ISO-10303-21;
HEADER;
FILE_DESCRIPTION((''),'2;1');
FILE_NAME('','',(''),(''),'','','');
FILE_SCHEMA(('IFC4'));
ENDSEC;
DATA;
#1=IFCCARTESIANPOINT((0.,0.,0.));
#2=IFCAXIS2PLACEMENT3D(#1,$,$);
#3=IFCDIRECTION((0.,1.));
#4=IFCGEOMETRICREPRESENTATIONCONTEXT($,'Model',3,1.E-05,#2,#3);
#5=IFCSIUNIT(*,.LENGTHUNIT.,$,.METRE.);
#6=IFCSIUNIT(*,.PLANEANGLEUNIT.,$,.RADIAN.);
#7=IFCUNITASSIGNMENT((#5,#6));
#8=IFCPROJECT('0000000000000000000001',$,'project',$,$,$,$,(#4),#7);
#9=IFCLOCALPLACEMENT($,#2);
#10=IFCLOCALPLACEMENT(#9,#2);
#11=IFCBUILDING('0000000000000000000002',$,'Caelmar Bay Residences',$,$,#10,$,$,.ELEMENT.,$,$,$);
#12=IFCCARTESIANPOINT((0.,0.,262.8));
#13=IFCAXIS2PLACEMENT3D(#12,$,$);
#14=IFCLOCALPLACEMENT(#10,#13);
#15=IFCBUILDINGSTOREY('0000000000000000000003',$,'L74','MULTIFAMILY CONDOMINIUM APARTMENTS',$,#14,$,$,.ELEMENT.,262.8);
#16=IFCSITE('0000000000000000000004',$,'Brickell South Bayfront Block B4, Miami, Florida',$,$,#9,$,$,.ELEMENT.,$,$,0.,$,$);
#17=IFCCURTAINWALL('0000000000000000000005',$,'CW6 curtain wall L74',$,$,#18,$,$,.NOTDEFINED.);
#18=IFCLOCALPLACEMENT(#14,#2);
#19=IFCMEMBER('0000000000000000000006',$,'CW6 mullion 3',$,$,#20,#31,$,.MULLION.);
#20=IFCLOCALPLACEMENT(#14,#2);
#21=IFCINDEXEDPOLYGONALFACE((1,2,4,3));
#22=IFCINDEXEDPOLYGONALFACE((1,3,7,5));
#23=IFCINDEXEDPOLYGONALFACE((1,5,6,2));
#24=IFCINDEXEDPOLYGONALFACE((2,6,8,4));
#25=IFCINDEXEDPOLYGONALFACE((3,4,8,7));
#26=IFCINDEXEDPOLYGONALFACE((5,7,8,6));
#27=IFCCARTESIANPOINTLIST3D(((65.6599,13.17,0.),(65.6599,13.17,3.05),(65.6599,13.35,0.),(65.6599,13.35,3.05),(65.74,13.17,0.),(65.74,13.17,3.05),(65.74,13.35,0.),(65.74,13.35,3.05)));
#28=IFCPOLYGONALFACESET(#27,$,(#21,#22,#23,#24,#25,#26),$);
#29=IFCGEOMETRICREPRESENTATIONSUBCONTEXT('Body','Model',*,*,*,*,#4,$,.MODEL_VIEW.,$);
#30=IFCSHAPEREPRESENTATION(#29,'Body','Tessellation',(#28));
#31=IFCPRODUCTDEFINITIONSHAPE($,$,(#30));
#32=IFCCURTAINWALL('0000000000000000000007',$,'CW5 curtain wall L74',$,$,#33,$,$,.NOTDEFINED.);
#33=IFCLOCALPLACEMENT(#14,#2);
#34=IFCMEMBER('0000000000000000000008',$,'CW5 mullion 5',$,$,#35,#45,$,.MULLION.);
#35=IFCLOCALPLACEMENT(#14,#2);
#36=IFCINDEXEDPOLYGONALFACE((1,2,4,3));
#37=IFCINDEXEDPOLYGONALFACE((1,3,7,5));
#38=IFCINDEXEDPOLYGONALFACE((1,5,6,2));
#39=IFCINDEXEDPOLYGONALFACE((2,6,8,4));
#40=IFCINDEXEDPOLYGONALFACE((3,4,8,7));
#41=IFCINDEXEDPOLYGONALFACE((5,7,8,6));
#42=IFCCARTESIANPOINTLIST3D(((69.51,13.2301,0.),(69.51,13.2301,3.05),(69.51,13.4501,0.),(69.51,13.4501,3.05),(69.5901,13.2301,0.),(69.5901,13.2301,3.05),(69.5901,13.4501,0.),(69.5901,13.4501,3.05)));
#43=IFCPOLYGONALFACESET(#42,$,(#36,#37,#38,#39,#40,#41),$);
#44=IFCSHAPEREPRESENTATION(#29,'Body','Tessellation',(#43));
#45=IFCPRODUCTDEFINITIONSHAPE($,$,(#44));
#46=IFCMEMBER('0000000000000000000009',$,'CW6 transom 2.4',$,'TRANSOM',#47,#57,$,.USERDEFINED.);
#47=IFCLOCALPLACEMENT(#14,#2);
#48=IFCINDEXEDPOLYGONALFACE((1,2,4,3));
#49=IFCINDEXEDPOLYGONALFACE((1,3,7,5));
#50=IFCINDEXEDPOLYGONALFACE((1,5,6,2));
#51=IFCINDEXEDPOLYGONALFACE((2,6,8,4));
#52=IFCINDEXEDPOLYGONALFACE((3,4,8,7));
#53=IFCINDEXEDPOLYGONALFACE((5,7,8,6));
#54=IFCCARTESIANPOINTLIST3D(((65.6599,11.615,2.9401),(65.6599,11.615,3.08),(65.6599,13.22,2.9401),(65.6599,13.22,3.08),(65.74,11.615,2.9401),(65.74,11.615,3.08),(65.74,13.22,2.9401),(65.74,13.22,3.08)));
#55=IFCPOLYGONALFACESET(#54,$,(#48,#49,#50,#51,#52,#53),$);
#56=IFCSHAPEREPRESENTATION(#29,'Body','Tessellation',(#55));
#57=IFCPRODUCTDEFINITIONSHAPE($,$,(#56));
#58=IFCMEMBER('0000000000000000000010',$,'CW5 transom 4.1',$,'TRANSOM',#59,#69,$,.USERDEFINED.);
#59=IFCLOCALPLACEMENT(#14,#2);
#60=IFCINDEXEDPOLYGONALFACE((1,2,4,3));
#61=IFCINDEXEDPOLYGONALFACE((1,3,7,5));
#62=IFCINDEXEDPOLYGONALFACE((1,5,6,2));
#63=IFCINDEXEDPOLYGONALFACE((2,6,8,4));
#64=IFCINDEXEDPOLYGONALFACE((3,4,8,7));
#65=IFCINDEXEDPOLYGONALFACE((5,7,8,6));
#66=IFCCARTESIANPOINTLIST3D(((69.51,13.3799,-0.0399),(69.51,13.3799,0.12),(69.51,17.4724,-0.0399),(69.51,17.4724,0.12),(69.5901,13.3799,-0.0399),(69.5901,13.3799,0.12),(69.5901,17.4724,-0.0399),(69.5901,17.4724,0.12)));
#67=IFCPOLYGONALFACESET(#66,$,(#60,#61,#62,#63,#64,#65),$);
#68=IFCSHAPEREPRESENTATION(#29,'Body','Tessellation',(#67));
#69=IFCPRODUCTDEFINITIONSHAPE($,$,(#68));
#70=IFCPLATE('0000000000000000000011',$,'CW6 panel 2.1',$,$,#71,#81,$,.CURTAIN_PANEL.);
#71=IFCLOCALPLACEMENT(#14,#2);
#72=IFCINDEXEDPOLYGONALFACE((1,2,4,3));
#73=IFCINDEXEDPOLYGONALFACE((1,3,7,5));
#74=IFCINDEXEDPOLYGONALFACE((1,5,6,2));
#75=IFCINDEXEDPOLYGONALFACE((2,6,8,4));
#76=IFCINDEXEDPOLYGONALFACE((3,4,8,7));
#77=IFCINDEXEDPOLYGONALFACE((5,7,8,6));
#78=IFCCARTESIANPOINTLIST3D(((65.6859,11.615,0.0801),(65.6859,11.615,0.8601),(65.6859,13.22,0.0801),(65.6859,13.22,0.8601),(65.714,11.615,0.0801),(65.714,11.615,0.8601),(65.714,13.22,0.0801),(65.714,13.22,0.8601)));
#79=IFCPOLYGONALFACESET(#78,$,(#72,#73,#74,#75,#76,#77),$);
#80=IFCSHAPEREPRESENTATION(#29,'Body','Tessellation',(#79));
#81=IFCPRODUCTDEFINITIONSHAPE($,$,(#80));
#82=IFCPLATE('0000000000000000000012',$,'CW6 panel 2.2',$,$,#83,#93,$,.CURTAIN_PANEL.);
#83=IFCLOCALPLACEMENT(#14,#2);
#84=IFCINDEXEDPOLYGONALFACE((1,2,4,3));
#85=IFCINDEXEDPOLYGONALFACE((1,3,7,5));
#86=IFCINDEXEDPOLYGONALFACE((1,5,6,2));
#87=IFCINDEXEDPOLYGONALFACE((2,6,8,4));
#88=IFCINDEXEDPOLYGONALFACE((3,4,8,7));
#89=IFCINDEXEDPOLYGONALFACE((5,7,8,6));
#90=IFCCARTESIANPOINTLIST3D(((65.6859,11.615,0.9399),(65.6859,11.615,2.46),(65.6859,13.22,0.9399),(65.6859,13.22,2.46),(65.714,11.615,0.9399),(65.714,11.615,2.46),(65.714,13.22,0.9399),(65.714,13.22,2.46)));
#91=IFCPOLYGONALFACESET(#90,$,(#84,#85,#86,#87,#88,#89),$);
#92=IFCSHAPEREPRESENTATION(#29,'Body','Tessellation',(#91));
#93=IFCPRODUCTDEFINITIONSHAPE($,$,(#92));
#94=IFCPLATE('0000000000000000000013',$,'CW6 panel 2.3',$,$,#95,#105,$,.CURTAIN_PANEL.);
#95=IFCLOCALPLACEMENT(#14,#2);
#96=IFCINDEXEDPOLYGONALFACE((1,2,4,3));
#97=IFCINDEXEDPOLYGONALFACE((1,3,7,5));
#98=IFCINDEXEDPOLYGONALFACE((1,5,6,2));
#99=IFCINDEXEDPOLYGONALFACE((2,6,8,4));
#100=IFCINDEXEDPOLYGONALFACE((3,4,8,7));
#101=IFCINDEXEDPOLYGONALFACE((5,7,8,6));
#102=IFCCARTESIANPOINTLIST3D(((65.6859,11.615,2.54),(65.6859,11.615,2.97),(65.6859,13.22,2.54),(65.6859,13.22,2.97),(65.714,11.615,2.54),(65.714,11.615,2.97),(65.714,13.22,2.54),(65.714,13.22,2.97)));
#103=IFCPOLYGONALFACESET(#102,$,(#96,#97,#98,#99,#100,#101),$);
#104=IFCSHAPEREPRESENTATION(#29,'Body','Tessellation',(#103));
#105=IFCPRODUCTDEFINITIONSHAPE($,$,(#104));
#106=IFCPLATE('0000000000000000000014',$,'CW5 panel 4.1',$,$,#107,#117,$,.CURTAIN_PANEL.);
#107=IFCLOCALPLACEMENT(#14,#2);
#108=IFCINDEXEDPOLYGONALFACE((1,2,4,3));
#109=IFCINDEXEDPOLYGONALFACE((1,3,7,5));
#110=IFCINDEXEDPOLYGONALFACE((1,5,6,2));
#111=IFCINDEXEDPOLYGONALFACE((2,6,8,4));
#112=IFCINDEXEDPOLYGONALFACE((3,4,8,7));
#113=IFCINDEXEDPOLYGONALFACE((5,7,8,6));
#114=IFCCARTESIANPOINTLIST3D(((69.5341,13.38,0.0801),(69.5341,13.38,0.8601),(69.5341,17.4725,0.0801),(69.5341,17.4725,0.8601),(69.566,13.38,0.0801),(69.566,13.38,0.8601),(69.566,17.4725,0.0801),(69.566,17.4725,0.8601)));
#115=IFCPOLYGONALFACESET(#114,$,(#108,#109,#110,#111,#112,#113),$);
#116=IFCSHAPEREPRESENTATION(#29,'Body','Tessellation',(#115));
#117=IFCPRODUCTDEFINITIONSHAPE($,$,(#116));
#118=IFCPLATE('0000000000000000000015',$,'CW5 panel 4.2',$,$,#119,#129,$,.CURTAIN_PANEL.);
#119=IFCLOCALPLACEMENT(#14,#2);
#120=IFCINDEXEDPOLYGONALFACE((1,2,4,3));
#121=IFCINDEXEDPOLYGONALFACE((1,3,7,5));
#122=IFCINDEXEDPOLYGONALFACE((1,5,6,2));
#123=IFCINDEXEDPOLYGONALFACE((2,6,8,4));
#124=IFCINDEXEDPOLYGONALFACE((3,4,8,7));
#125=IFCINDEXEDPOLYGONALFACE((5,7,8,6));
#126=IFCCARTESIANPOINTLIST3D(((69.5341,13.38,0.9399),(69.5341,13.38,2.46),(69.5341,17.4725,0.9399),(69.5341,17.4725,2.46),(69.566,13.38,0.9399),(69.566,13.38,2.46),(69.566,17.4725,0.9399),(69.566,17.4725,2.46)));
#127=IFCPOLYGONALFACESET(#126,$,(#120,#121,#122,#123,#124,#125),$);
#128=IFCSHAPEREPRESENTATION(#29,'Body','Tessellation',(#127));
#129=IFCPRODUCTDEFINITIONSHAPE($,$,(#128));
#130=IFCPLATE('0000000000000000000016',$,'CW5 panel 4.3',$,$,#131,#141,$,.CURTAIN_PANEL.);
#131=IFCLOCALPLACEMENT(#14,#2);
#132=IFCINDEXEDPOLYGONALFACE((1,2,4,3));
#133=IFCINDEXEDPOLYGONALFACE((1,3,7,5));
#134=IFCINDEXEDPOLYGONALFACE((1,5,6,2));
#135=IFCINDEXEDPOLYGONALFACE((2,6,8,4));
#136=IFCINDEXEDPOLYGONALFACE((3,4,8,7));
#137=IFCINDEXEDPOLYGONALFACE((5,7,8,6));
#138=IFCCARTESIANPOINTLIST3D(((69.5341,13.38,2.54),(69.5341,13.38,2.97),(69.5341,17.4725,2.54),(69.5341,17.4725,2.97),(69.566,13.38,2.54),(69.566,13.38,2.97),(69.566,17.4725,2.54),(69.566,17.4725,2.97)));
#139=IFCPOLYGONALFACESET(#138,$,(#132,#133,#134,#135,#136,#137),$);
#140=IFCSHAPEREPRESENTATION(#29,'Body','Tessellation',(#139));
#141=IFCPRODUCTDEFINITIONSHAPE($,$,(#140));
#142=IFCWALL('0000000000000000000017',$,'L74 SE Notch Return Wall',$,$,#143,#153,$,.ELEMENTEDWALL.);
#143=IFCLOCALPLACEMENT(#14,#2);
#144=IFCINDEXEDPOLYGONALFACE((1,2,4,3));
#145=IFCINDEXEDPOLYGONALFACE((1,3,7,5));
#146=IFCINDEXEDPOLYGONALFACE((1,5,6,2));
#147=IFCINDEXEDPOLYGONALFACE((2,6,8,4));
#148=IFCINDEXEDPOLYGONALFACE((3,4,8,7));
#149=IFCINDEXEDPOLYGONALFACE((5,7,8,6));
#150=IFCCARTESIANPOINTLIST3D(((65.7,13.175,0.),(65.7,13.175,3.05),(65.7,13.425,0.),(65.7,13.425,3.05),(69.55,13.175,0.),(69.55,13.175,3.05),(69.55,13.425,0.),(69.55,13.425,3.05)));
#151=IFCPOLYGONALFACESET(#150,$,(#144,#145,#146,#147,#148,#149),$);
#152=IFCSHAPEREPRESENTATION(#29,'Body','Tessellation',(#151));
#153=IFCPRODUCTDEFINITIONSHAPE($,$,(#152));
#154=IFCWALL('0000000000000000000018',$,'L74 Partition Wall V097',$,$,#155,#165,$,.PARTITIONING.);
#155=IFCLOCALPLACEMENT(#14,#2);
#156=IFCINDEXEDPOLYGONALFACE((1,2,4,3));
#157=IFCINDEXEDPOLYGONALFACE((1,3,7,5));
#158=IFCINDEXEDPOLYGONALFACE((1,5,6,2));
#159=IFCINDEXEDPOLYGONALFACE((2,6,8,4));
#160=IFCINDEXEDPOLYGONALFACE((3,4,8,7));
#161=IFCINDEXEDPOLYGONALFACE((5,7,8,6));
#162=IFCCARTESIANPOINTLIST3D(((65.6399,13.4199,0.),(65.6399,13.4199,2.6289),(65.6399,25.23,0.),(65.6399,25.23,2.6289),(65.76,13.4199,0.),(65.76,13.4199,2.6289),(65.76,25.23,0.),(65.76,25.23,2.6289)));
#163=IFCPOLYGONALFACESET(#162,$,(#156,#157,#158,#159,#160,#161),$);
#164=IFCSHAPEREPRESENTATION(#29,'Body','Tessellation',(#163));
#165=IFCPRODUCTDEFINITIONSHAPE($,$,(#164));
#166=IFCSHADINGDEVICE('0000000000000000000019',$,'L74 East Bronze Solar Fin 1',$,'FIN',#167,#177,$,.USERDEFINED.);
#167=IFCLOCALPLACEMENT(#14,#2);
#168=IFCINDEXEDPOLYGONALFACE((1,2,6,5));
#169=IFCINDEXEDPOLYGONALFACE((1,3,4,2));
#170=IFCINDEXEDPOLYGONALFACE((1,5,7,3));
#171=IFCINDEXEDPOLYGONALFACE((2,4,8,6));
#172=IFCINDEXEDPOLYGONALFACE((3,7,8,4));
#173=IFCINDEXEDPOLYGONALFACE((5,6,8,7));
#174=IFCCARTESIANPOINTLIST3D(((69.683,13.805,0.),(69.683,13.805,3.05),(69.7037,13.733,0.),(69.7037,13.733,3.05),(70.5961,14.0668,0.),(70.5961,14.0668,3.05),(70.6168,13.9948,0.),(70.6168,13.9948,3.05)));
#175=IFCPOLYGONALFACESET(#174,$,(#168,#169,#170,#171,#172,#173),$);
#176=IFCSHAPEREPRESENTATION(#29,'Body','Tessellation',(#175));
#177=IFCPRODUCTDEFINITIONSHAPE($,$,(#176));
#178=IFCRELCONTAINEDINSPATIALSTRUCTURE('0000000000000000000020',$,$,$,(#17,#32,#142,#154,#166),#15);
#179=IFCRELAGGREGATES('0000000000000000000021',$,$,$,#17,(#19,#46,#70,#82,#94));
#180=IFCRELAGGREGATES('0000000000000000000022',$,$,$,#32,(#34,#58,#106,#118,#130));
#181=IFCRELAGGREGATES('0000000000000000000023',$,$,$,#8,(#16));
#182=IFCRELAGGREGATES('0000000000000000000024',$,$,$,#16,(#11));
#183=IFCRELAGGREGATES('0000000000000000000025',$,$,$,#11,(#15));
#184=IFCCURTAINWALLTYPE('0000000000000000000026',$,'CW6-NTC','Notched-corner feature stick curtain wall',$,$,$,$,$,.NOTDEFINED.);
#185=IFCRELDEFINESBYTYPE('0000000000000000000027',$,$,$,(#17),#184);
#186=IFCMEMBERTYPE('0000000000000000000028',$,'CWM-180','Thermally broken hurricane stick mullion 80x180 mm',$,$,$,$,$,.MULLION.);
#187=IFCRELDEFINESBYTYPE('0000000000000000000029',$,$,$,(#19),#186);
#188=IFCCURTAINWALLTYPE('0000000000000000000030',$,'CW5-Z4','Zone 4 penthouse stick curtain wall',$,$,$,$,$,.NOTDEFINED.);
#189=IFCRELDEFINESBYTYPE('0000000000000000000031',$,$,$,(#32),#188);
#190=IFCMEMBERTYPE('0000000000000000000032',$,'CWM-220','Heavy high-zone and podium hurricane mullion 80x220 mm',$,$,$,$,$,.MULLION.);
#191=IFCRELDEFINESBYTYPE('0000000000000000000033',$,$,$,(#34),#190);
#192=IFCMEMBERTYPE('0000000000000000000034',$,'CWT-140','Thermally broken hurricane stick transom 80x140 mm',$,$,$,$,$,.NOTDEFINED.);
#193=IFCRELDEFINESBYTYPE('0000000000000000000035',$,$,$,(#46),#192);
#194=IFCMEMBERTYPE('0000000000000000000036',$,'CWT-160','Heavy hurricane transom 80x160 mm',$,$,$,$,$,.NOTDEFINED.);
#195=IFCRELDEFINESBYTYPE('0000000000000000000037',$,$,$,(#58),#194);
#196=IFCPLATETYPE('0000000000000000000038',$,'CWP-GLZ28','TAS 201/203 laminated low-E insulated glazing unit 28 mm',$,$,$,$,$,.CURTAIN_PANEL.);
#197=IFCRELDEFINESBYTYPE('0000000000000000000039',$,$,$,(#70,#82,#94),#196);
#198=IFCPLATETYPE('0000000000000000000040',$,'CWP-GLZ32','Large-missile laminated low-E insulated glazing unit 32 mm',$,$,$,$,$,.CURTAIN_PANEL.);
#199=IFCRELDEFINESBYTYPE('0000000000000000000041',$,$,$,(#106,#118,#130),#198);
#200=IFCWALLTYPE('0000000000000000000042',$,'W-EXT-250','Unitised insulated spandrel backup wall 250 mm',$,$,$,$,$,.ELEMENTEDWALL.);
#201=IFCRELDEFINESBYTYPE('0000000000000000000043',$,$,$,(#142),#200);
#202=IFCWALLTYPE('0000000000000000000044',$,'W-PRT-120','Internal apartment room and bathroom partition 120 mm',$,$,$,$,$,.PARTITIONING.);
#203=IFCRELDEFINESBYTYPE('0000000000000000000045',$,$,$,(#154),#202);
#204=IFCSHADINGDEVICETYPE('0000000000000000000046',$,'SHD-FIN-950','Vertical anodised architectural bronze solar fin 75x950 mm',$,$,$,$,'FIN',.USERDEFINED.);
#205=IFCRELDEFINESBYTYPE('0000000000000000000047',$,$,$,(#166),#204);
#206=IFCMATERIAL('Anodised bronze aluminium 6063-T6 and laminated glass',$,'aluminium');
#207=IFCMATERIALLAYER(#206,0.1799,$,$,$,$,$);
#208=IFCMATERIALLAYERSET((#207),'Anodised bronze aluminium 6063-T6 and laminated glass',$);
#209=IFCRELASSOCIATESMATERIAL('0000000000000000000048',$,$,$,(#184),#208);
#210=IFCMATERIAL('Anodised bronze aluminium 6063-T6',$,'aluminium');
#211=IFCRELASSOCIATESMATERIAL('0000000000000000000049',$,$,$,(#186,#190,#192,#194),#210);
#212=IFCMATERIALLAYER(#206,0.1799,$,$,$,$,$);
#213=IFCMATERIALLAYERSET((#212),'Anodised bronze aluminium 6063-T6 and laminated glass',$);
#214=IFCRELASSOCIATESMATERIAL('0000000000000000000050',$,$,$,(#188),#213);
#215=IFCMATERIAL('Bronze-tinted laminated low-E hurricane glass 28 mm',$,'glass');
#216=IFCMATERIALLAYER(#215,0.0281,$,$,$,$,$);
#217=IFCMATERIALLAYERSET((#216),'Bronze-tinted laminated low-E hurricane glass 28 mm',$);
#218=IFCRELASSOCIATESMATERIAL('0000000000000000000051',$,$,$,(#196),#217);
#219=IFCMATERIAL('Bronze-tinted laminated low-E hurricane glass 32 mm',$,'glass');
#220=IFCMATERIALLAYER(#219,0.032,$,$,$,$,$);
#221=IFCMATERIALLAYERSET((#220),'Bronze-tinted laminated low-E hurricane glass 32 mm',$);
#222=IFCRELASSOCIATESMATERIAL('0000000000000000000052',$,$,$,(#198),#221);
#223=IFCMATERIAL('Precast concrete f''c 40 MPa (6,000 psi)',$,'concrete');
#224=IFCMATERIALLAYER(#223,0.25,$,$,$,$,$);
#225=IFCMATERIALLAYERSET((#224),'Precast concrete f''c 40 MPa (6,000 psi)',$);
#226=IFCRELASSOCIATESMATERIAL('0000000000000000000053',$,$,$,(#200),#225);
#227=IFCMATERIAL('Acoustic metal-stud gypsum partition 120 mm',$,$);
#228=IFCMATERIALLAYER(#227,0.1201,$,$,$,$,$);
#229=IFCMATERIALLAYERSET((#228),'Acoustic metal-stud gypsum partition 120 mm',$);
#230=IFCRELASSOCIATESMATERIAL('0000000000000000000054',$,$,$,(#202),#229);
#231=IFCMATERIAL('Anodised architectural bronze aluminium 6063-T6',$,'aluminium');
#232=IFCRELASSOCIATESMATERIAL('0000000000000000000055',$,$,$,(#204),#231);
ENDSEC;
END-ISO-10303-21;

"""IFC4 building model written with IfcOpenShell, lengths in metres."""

from ifc_helpers import new_model, si_unit, direction, frame, frame_2d, origin, origin_2d, place, context, subcontext, project, spatial, rectangle, extrude, material, layer, layer_set, material_profile, profile_set, type_object, element, aggregate, save


model = new_model("IFC4")

# Units and contexts
model_context = context("Model", 3, precision=1e-05, world=origin(), true_north=direction((0.0, 1.0)))
body_context = subcontext(model_context, "Body", "Model", "MODEL_VIEW")
ifc_project = project(units=[si_unit("LENGTHUNIT", "METRE"), si_unit("PLANEANGLEUNIT", "RADIAN")], contexts=[model_context])

# Site, building, storey
site_placement = place(None, origin())
site = spatial("IfcSite", under=ifc_project, at=site_placement, Name="Brickell South Bayfront Block B4, Miami, Florida", CompositionType="ELEMENT", RefElevation=0.0)
building_placement = place(site_placement, origin())
building = spatial("IfcBuilding", under=site, at=building_placement, Name="Caelmar Bay Residences", CompositionType="ELEMENT")
storey_placement = place(building_placement, frame((0.0, 0.0, 262.8)))
storey = spatial("IfcBuildingStorey", under=building, at=storey_placement, Name="L74", Description="MULTIFAMILY CONDOMINIUM APARTMENTS", CompositionType="ELEMENT", Elevation=262.8)

# Curtain walls, members
ifc_material_1 = material(Name="Anodised bronze aluminium 6063-T6 and laminated glass", Category="aluminium")
ifc_layer_1 = layer(ifc_material_1, 0.1799)
ifc_layer_set_1 = layer_set([ifc_layer_1], Name="Anodised bronze aluminium 6063-T6 and laminated glass")
curtain_wall_type_1 = type_object("IfcCurtainWallType", Name="CW6-NTC", Description="Notched-corner feature stick curtain wall", PredefinedType="NOTDEFINED", material=ifc_layer_set_1)
curtain_wall_1_placement = place(storey_placement, origin())
curtain_wall_1 = element("IfcCurtainWall", 1, at=curtain_wall_1_placement, inside=storey, type_object=curtain_wall_type_1, Name="CW6 curtain wall L74", PredefinedType="NOTDEFINED")
ifc_material_2 = material(Name="Anodised bronze aluminium 6063-T6", Category="aluminium")
ifc_material_profile_1 = material_profile(ifc_material_2, rectangle(XDim=0.0801, YDim=0.1799, at=origin_2d()), Name="CWM-80X180")
ifc_profile_set_1 = profile_set([ifc_material_profile_1], Name="Anodised bronze aluminium 6063-T6")
member_type_1 = type_object("IfcMemberType", Name="CWM-180", Description="Thermally broken hurricane stick mullion 80x180 mm", PredefinedType="MULLION", material=ifc_profile_set_1)
member_1_placement = place(storey_placement, frame((65.7, 13.26, 0.0), z_axis=(0.0, 0.0, 1.0), x_axis=(-1.0, 0.0, 0.0)))
member_1 = element("IfcMember", 2, at=member_1_placement, type_object=member_type_1, Name="CW6 mullion 3", PredefinedType="MULLION", context=body_context, shape_type="SweptSolid", body=[
    extrude(rectangle(XDim=0.0801, YDim=0.1799, at=origin_2d()), origin(), (0.0, 0.0, 1.0), 3.05),
])
ifc_layer_2 = layer(ifc_material_1, 0.1799)
ifc_layer_set_2 = layer_set([ifc_layer_2], Name="Anodised bronze aluminium 6063-T6 and laminated glass")
curtain_wall_type_2 = type_object("IfcCurtainWallType", Name="CW5-Z4", Description="Zone 4 penthouse stick curtain wall", PredefinedType="NOTDEFINED", material=ifc_layer_set_2)
curtain_wall_2_placement = place(storey_placement, origin())
curtain_wall_2 = element("IfcCurtainWall", 3, at=curtain_wall_2_placement, inside=storey, type_object=curtain_wall_type_2, Name="CW5 curtain wall L74", PredefinedType="NOTDEFINED")
ifc_material_profile_2 = material_profile(ifc_material_2, rectangle(XDim=0.0801, YDim=0.22, at=origin_2d()), Name="CWM-80X220")
ifc_profile_set_2 = profile_set([ifc_material_profile_2], Name="Anodised bronze aluminium 6063-T6")
member_type_2 = type_object("IfcMemberType", Name="CWM-220", Description="Heavy high-zone and podium hurricane mullion 80x220 mm", PredefinedType="MULLION", material=ifc_profile_set_2)
member_2_placement = place(storey_placement, frame((69.55, 13.3401, 0.0), z_axis=(0.0, 0.0, 1.0), x_axis=(1.0, 0.0, 0.0)))
member_2 = element("IfcMember", 4, at=member_2_placement, type_object=member_type_2, Name="CW5 mullion 5", PredefinedType="MULLION", context=body_context, shape_type="SweptSolid", body=[
    extrude(rectangle(XDim=0.0801, YDim=0.22, at=origin_2d()), origin(), (0.0, 0.0, 1.0), 3.05),
])

# Members
ifc_material_profile_3 = material_profile(ifc_material_2, rectangle(XDim=0.0801, YDim=0.1399, at=origin_2d()), Name="CWT-80X140")
ifc_profile_set_3 = profile_set([ifc_material_profile_3], Name="Anodised bronze aluminium 6063-T6")
member_type_3 = type_object("IfcMemberType", Name="CWT-140", Description="Thermally broken hurricane stick transom 80x140 mm", PredefinedType="NOTDEFINED", material=ifc_profile_set_3)
member_3_placement = place(storey_placement, frame((65.7, 11.615, 3.01), z_axis=(0.0, 1.0, 0.0), x_axis=(-1.0, 0.0, 0.0)))
member_3 = element("IfcMember", 5, at=member_3_placement, type_object=member_type_3, Name="CW6 transom 2.4", ObjectType="TRANSOM", PredefinedType="USERDEFINED", context=body_context, shape_type="SweptSolid", body=[
    extrude(rectangle(XDim=0.0801, YDim=0.1399, at=origin_2d()), origin(), (0.0, 0.0, 1.0), 1.605),
])
ifc_material_profile_4 = material_profile(ifc_material_2, rectangle(XDim=0.0801, YDim=0.1599, at=origin_2d()), Name="CWT-80X160")
ifc_profile_set_4 = profile_set([ifc_material_profile_4], Name="Anodised bronze aluminium 6063-T6")
member_type_4 = type_object("IfcMemberType", Name="CWT-160", Description="Heavy hurricane transom 80x160 mm", PredefinedType="NOTDEFINED", material=ifc_profile_set_4)
member_4_placement = place(storey_placement, frame((69.55, 17.4724, 0.04), z_axis=(0.0, -1.0, 0.0), x_axis=(1.0, 0.0, 0.0)))
member_4 = element("IfcMember", 6, at=member_4_placement, type_object=member_type_4, Name="CW5 transom 4.1", ObjectType="TRANSOM", PredefinedType="USERDEFINED", context=body_context, shape_type="SweptSolid", body=[
    extrude(rectangle(XDim=0.0801, YDim=0.1599, at=origin_2d()), origin(), (0.0, 0.0, 1.0), 4.0925),
])

# Plates
ifc_material_3 = material(Name="Bronze-tinted laminated low-E hurricane glass 28 mm", Category="glass")
ifc_layer_3 = layer(ifc_material_3, 0.0281)
ifc_layer_set_3 = layer_set([ifc_layer_3], Name="Bronze-tinted laminated low-E hurricane glass 28 mm")
plate_type_1 = type_object("IfcPlateType", Name="CWP-GLZ28", Description="TAS 201/203 laminated low-E insulated glazing unit 28 mm", PredefinedType="CURTAIN_PANEL", material=ifc_layer_set_3)
plate_1_placement = place(storey_placement, frame((65.7, 12.4175, 0.0801), z_axis=(0.0, 0.0, 1.0), x_axis=(0.0, 1.0, 0.0)))
plate_1 = element("IfcPlate", 7, at=plate_1_placement, type_object=plate_type_1, Name="CW6 panel 2.1", PredefinedType="CURTAIN_PANEL", context=body_context, shape_type="SweptSolid", body=[
    extrude(rectangle(XDim=1.605, YDim=0.0281, at=origin_2d()), origin(), (0.0, 0.0, 1.0), 0.78),
])
plate_2_placement = place(storey_placement, frame((65.7, 12.4175, 0.9399), z_axis=(0.0, 0.0, 1.0), x_axis=(0.0, 1.0, 0.0)))
plate_2 = element("IfcPlate", 8, at=plate_2_placement, type_object=plate_type_1, Name="CW6 panel 2.2", PredefinedType="CURTAIN_PANEL", context=body_context, shape_type="SweptSolid", body=[
    extrude(rectangle(XDim=1.605, YDim=0.0281, at=origin_2d()), origin(), (0.0, 0.0, 1.0), 1.52),
])
plate_3_placement = place(storey_placement, frame((65.7, 12.4175, 2.54), z_axis=(0.0, 0.0, 1.0), x_axis=(0.0, 1.0, 0.0)))
plate_3 = element("IfcPlate", 9, at=plate_3_placement, type_object=plate_type_1, Name="CW6 panel 2.3", PredefinedType="CURTAIN_PANEL", context=body_context, shape_type="SweptSolid", body=[
    extrude(rectangle(XDim=1.605, YDim=0.0281, at=origin_2d()), origin(), (0.0, 0.0, 1.0), 0.4299),
])
aggregate(curtain_wall_1, [member_1, member_3, plate_1, plate_2, plate_3])
ifc_material_4 = material(Name="Bronze-tinted laminated low-E hurricane glass 32 mm", Category="glass")
ifc_layer_4 = layer(ifc_material_4, 0.032)
ifc_layer_set_4 = layer_set([ifc_layer_4], Name="Bronze-tinted laminated low-E hurricane glass 32 mm")
plate_type_2 = type_object("IfcPlateType", Name="CWP-GLZ32", Description="Large-missile laminated low-E insulated glazing unit 32 mm", PredefinedType="CURTAIN_PANEL", material=ifc_layer_set_4)
plate_4_placement = place(storey_placement, frame((69.55, 15.4263, 0.0801), z_axis=(0.0, 0.0, 1.0), x_axis=(0.0, -1.0, 0.0)))
plate_4 = element("IfcPlate", 10, at=plate_4_placement, type_object=plate_type_2, Name="CW5 panel 4.1", PredefinedType="CURTAIN_PANEL", context=body_context, shape_type="SweptSolid", body=[
    extrude(rectangle(XDim=4.0925, YDim=0.032, at=origin_2d()), origin(), (0.0, 0.0, 1.0), 0.78),
])
plate_5_placement = place(storey_placement, frame((69.55, 15.4263, 0.9399), z_axis=(0.0, 0.0, 1.0), x_axis=(0.0, -1.0, 0.0)))
plate_5 = element("IfcPlate", 11, at=plate_5_placement, type_object=plate_type_2, Name="CW5 panel 4.2", PredefinedType="CURTAIN_PANEL", context=body_context, shape_type="SweptSolid", body=[
    extrude(rectangle(XDim=4.0925, YDim=0.032, at=origin_2d()), origin(), (0.0, 0.0, 1.0), 1.52),
])
plate_6_placement = place(storey_placement, frame((69.55, 15.4263, 2.54), z_axis=(0.0, 0.0, 1.0), x_axis=(0.0, -1.0, 0.0)))
plate_6 = element("IfcPlate", 12, at=plate_6_placement, type_object=plate_type_2, Name="CW5 panel 4.3", PredefinedType="CURTAIN_PANEL", context=body_context, shape_type="SweptSolid", body=[
    extrude(rectangle(XDim=4.0925, YDim=0.032, at=origin_2d()), origin(), (0.0, 0.0, 1.0), 0.4299),
])
aggregate(curtain_wall_2, [member_2, member_4, plate_4, plate_5, plate_6])

# Walls
ifc_material_5 = material(Name="Precast concrete f'c 40 MPa (6,000 psi)", Category="concrete")
ifc_layer_5 = layer(ifc_material_5, 0.25)
ifc_layer_set_5 = layer_set([ifc_layer_5], Name="Precast concrete f'c 40 MPa (6,000 psi)")
wall_type_1 = type_object("IfcWallType", Name="W-EXT-250", Description="Unitised insulated spandrel backup wall 250 mm", PredefinedType="ELEMENTEDWALL", material=ifc_layer_set_5)
wall_1_placement = place(storey_placement, frame((65.7, 13.3, 0.0), z_axis=(0.0, 0.0, 1.0), x_axis=(1.0, 0.0, 0.0)))
element("IfcWall", 13, at=wall_1_placement, inside=storey, type_object=wall_type_1, Name="L74 SE Notch Return Wall", PredefinedType="ELEMENTEDWALL", context=body_context, shape_type="SweptSolid", body=[
    extrude(rectangle(XDim=3.8501, YDim=0.25, at=frame_2d((1.925, 0.0))), origin(), (0.0, 0.0, 1.0), 3.05),
])
ifc_material_6 = material(Name="Acoustic metal-stud gypsum partition 120 mm")
ifc_layer_6 = layer(ifc_material_6, 0.1201)
ifc_layer_set_6 = layer_set([ifc_layer_6], Name="Acoustic metal-stud gypsum partition 120 mm")
wall_type_2 = type_object("IfcWallType", Name="W-PRT-120", Description="Internal apartment room and bathroom partition 120 mm", PredefinedType="PARTITIONING", material=ifc_layer_set_6)
wall_2_placement = place(storey_placement, frame((65.7, 13.4199, 0.0), z_axis=(0.0, 0.0, 1.0), x_axis=(0.0, 1.0, 0.0)))
element("IfcWall", 14, at=wall_2_placement, inside=storey, type_object=wall_type_2, Name="L74 Partition Wall V097", PredefinedType="PARTITIONING", context=body_context, shape_type="SweptSolid", body=[
    extrude(rectangle(XDim=11.8101, YDim=0.1201, at=frame_2d((5.905, 0.0))), origin(), (0.0, 0.0, 1.0), 2.6289),
])

# Shading device
ifc_material_7 = material(Name="Anodised architectural bronze aluminium 6063-T6", Category="aluminium")
ifc_material_profile_5 = material_profile(ifc_material_7, rectangle(XDim=0.075, YDim=0.95, at=origin_2d()), Name="BRONZE-FIN-75X950")
ifc_profile_set_5 = profile_set([ifc_material_profile_5], Name="Anodised architectural bronze aluminium 6063-T6")
shading_device_type = type_object("IfcShadingDeviceType", Name="SHD-FIN-950", Description="Vertical anodised architectural bronze solar fin 75x950 mm", ElementType="FIN", PredefinedType="USERDEFINED", material=ifc_profile_set_5)
for number, where, z_axis, x_axis, name in (
    (15, (70.1499, 13.8999, 0.0), (0.0, 0.0, 1.0), (-0.275637, 0.961262, 0.0), "L74 East Bronze Solar Fin 1"),
):
    element("IfcShadingDevice", number, at=place(storey_placement, frame(where, z_axis=z_axis, x_axis=x_axis)), inside=storey, type_object=shading_device_type, Name=name, ObjectType="FIN", PredefinedType="USERDEFINED", context=body_context, shape_type="SweptSolid", body=[
        extrude(rectangle(XDim=0.075, YDim=0.95, at=origin_2d()), origin(), (0.0, 0.0, 1.0), 3.05),
    ])

save(model, "model.ifc")
